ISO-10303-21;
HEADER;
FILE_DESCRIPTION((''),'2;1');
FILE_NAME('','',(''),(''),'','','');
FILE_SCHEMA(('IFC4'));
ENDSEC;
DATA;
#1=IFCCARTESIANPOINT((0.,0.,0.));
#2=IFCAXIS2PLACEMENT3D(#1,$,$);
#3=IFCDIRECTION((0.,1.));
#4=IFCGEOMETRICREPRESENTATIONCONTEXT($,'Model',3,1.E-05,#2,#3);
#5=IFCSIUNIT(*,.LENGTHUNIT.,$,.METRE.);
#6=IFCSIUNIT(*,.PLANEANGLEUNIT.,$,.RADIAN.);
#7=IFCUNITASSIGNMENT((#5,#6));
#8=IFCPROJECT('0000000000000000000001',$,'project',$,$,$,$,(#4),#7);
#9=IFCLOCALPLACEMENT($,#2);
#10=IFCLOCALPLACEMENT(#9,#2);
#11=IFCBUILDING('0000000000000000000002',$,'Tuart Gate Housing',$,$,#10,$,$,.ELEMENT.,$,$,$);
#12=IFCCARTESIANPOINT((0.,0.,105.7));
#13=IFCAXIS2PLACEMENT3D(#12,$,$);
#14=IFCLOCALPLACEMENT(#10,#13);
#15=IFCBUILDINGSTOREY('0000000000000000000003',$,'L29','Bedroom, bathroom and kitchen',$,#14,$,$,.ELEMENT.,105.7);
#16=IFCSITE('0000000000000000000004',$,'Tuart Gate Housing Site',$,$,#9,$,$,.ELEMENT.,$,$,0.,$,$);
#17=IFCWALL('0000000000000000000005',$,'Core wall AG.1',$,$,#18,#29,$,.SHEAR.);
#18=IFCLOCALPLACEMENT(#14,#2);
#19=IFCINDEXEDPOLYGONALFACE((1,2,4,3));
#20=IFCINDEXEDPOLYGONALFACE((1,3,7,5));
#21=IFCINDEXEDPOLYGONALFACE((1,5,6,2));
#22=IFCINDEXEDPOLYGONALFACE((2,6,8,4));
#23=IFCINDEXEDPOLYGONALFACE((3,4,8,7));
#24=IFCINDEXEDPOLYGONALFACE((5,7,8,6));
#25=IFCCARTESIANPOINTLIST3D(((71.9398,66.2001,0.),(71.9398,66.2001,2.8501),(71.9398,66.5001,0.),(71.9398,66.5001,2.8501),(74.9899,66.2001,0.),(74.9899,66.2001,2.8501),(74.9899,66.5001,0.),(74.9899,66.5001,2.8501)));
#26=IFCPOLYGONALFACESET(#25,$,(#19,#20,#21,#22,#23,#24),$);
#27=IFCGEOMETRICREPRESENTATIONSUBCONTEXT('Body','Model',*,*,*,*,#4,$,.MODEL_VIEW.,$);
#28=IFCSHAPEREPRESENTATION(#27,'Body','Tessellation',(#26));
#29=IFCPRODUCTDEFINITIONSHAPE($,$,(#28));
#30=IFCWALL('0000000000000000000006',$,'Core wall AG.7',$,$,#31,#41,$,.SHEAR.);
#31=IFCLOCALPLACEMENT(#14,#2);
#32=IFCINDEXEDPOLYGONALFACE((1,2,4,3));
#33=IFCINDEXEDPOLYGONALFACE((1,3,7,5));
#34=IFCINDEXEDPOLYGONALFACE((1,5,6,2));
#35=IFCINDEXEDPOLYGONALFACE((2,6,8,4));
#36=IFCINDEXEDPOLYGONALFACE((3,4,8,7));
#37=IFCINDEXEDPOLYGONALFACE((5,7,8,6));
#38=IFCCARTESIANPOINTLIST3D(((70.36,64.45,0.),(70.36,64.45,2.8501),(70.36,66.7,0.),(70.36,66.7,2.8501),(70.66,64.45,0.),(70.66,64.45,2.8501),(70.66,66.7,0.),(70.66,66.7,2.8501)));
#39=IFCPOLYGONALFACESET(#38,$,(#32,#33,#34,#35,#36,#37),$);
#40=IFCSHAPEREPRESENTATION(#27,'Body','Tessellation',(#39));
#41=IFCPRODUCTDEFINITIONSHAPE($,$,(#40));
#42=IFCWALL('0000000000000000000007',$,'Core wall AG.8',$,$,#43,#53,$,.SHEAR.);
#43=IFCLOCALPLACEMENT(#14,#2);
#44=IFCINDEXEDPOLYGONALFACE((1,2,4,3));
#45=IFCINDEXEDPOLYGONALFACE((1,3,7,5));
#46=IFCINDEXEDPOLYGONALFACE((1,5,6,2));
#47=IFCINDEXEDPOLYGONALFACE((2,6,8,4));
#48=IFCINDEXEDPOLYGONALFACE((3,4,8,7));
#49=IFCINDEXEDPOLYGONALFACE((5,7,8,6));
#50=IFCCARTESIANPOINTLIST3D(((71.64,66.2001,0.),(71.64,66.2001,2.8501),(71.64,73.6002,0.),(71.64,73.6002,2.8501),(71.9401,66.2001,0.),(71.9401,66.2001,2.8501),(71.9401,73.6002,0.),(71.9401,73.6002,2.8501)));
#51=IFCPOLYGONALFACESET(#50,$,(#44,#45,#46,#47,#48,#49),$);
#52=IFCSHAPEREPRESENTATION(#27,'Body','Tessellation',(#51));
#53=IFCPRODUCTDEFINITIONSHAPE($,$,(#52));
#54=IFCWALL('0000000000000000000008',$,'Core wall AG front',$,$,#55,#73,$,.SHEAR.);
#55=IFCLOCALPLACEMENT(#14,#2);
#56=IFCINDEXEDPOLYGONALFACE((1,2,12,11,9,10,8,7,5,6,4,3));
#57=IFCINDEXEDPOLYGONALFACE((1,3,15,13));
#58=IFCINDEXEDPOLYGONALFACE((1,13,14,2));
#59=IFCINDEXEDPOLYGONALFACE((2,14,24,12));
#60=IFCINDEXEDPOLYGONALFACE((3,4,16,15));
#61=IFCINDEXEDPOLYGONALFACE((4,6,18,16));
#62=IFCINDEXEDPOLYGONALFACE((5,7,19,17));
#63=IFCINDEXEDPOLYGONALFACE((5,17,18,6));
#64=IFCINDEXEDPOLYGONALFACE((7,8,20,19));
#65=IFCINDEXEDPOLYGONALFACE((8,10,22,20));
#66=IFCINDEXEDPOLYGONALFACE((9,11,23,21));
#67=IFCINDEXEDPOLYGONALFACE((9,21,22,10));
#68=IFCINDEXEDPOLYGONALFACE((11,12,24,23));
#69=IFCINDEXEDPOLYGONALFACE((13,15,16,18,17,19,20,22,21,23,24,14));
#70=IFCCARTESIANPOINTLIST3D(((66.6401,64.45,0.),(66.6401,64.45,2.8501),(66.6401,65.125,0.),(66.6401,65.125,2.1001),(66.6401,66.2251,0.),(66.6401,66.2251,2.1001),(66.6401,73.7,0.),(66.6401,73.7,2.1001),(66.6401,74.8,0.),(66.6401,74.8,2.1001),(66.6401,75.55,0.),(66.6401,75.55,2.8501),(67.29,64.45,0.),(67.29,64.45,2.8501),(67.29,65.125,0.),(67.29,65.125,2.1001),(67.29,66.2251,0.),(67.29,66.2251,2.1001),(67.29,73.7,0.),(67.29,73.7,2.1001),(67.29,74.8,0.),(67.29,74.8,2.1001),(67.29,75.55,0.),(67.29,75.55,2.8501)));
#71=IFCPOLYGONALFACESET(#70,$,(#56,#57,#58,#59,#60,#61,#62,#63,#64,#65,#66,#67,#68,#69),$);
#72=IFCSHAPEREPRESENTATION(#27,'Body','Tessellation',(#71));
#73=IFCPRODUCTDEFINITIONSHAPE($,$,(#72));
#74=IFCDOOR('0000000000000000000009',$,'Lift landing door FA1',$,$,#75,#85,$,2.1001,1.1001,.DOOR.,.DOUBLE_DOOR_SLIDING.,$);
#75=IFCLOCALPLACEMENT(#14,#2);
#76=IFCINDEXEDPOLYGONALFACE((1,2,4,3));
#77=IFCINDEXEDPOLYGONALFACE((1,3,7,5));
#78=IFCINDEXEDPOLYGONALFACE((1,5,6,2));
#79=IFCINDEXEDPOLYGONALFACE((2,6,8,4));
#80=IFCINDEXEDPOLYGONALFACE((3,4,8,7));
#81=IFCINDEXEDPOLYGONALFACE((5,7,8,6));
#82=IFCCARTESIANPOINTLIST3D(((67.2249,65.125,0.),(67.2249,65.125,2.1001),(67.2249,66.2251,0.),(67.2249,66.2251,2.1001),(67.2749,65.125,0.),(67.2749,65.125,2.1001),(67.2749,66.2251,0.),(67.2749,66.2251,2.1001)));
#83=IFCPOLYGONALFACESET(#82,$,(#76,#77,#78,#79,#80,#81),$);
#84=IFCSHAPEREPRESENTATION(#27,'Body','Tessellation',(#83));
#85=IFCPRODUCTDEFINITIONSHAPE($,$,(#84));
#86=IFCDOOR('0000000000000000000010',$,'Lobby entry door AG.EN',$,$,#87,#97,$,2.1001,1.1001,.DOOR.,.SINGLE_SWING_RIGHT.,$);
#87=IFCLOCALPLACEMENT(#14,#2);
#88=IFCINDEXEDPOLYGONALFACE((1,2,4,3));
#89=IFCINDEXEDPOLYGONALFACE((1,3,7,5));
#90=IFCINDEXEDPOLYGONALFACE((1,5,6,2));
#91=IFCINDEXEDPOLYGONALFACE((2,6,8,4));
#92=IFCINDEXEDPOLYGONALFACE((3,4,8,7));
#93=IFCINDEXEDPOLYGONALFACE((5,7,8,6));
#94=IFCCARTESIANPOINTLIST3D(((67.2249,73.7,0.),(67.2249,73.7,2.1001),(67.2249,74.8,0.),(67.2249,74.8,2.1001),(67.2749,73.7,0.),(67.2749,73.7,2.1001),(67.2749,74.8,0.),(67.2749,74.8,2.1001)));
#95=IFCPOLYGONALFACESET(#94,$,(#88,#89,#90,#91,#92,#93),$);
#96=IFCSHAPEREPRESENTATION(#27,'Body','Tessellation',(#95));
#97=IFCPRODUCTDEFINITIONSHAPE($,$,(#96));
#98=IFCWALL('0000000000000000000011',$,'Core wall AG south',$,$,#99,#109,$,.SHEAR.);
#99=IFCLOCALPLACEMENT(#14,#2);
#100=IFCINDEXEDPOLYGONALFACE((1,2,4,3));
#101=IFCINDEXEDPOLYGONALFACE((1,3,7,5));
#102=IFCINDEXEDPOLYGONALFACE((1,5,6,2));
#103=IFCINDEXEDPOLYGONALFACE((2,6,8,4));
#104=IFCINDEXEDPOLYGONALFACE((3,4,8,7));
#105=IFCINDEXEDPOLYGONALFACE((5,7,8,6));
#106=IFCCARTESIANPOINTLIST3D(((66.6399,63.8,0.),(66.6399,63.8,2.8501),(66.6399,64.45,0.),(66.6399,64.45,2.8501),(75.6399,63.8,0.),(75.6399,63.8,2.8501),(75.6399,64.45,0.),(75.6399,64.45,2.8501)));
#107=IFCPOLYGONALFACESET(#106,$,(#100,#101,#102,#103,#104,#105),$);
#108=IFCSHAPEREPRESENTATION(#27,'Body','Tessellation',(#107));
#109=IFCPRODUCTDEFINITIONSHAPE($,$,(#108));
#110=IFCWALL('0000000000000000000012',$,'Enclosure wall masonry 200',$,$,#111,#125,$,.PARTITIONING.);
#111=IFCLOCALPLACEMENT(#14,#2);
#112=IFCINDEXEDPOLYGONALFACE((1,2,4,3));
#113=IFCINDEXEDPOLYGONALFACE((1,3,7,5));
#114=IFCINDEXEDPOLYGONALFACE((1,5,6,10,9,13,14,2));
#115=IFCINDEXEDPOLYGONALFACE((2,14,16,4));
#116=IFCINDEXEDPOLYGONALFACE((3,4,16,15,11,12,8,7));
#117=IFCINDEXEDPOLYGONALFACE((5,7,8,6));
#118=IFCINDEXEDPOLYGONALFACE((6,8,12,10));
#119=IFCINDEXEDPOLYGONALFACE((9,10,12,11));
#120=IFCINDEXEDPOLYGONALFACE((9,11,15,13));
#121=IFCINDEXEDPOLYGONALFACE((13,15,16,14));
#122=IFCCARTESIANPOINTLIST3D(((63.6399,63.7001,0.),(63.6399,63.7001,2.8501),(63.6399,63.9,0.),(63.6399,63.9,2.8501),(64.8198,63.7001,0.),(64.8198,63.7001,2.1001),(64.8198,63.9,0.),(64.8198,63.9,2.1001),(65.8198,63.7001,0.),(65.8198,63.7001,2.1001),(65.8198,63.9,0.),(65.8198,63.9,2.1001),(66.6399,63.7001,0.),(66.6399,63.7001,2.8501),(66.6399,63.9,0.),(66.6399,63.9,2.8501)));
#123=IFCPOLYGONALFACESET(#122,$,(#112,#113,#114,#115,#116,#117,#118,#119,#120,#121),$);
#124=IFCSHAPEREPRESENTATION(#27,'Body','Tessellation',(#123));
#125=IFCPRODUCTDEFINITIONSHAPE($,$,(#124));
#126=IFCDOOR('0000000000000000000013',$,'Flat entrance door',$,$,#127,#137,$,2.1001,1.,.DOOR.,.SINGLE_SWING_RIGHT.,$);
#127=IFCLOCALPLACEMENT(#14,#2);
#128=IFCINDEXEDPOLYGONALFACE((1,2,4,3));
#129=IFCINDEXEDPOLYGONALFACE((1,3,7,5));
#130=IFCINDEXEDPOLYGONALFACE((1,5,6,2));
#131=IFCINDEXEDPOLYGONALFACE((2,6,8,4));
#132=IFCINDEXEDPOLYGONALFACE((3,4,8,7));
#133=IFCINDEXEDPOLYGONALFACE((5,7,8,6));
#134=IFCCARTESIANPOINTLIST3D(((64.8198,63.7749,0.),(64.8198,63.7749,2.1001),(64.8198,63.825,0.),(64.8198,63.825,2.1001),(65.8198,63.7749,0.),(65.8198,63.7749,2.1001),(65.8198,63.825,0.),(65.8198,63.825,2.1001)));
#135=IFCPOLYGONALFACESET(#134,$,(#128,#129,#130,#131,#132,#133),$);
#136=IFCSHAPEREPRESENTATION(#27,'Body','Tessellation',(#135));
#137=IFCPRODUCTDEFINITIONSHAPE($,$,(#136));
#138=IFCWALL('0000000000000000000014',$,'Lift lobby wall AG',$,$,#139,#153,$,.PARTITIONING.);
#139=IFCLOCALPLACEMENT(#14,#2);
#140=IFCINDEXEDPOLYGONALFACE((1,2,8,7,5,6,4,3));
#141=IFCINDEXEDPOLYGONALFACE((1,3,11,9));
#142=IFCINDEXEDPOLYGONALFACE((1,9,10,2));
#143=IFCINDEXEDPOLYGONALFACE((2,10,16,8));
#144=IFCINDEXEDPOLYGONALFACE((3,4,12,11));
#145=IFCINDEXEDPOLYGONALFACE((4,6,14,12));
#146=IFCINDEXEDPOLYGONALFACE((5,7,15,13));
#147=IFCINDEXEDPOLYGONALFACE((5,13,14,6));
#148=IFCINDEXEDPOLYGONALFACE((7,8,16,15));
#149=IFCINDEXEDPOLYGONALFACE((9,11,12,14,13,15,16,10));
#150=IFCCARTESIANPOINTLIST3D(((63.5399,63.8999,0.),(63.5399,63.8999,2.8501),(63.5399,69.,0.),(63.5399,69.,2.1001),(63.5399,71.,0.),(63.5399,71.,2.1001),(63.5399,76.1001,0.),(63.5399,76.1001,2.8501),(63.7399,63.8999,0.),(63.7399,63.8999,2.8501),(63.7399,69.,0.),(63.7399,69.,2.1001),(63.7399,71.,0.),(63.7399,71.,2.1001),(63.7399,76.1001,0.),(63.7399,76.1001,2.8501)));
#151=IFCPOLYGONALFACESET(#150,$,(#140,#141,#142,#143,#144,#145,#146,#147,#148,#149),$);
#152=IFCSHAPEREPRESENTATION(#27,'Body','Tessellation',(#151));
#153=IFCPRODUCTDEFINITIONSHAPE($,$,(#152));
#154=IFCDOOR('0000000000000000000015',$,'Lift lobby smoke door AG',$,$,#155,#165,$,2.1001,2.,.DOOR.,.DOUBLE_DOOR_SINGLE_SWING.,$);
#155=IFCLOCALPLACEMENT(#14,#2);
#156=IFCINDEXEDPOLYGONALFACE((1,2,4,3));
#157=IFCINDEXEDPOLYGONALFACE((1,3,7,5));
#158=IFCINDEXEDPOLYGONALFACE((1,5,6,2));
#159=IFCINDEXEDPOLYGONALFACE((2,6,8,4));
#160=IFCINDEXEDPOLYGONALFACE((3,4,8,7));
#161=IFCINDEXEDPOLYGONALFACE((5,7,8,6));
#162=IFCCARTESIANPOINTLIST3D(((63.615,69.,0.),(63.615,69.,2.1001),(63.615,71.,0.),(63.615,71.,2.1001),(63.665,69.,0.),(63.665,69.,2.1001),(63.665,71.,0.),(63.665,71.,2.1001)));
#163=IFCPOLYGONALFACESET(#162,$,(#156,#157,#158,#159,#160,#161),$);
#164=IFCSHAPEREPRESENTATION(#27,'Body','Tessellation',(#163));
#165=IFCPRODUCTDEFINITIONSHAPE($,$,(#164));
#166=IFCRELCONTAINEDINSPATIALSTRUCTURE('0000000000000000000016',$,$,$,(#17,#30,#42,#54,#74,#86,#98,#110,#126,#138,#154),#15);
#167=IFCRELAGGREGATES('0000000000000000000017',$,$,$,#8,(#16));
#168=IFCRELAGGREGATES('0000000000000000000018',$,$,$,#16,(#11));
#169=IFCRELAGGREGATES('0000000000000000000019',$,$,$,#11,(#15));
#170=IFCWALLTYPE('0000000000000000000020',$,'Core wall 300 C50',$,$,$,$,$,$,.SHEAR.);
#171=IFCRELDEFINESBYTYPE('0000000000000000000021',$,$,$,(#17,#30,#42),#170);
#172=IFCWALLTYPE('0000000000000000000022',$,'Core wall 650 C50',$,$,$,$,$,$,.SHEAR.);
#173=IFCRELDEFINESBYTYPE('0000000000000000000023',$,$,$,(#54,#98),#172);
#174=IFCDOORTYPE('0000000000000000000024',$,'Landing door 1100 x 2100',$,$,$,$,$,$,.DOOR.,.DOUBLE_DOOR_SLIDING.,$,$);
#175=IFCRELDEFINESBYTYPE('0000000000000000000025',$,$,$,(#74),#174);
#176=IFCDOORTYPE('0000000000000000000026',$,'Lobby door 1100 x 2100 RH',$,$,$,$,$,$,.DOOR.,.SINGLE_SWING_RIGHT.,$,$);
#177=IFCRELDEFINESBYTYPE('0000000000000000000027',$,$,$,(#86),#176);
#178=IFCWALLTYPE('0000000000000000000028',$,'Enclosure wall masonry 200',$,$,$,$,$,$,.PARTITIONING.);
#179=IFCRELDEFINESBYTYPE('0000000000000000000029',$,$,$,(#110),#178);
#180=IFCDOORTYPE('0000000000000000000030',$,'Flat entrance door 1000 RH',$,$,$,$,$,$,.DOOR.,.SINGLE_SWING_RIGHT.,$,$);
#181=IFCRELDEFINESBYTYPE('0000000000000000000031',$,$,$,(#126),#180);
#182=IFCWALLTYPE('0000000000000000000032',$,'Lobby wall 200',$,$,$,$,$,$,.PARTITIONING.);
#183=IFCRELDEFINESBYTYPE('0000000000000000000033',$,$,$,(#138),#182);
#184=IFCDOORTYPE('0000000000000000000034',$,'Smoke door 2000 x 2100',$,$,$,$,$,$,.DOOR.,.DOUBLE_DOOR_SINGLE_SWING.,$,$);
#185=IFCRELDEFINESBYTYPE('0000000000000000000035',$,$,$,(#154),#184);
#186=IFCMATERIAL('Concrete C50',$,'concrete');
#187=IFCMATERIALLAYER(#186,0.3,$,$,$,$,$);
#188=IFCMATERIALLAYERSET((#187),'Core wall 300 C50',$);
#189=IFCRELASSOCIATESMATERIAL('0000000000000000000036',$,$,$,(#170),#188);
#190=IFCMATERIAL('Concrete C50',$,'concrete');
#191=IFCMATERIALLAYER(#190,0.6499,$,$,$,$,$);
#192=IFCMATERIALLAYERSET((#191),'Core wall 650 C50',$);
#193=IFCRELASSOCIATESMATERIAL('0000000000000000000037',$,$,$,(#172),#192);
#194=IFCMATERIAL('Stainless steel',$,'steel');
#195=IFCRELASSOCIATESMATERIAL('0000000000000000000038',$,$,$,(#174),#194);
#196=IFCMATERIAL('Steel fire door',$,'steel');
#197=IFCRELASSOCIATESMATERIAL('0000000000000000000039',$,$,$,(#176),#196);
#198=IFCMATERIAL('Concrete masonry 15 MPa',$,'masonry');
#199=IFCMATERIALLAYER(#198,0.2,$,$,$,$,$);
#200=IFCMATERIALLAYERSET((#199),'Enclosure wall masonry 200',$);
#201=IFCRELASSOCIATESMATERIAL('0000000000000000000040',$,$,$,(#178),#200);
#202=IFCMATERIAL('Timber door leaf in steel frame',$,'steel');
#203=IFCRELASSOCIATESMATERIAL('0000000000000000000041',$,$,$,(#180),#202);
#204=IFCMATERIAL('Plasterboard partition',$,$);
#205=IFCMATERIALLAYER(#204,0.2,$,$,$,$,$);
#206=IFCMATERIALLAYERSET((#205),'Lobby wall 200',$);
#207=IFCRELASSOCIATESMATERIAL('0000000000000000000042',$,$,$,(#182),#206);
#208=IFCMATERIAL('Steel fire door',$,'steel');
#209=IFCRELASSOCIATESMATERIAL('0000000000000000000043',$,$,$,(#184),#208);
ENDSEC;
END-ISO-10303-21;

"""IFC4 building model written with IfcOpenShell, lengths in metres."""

from ifc_helpers import new_model, si_unit, direction, frame, frame_2d, origin, place, context, subcontext, project, spatial, rectangle, extrude, material, layer, layer_set, type_object, element, fill, save


model = new_model("IFC4")

# Units and contexts
model_context = context("Model", 3, precision=1e-05, world=origin(), true_north=direction((0.0, 1.0)))
body_context = subcontext(model_context, "Body", "Model", "MODEL_VIEW")
ifc_project = project(units=[si_unit("LENGTHUNIT", "METRE"), si_unit("PLANEANGLEUNIT", "RADIAN")], contexts=[model_context])

# Site, building, storey
site_placement = place(None, origin())
site = spatial("IfcSite", under=ifc_project, at=site_placement, Name="Tuart Gate Housing Site", CompositionType="ELEMENT", RefElevation=0.0)
building_placement = place(site_placement, origin())
building = spatial("IfcBuilding", under=site, at=building_placement, Name="Tuart Gate Housing", CompositionType="ELEMENT")
storey_placement = place(building_placement, frame((0.0, 0.0, 105.7)))
storey = spatial("IfcBuildingStorey", under=building, at=storey_placement, Name="L29", Description="Bedroom, bathroom and kitchen", CompositionType="ELEMENT", Elevation=105.7)

# Walls
ifc_material_1 = material(Name="Concrete C50", Category="concrete")
ifc_layer_1 = layer(ifc_material_1, 0.3)
ifc_layer_set_1 = layer_set([ifc_layer_1], Name="Core wall 300 C50")
wall_type_1 = type_object("IfcWallType", Name="Core wall 300 C50", PredefinedType="SHEAR", material=ifc_layer_set_1)
wall_1_placement = place(storey_placement, frame((71.9399, 66.3501, 0.0), z_axis=(0.0, 0.0, 1.0), x_axis=(1.0, 0.0, 0.0)))
element("IfcWall", 1, at=wall_1_placement, inside=storey, type_object=wall_type_1, Name="Core wall AG.1", PredefinedType="SHEAR", context=body_context, shape_type="SweptSolid", body=[
    extrude(rectangle(XDim=3.05, YDim=0.3, at=frame_2d((1.5249, 0.0))), origin(), (0.0, 0.0, 1.0), 2.8501),
])
wall_2_placement = place(storey_placement, frame((70.51, 64.45, 0.0), z_axis=(0.0, 0.0, 1.0), x_axis=(0.0, 1.0, 0.0)))
element("IfcWall", 2, at=wall_2_placement, inside=storey, type_object=wall_type_1, Name="Core wall AG.7", PredefinedType="SHEAR", context=body_context, shape_type="SweptSolid", body=[
    extrude(rectangle(XDim=2.25, YDim=0.3, at=frame_2d((1.125, 0.0))), origin(), (0.0, 0.0, 1.0), 2.8501),
])
wall_3_placement = place(storey_placement, frame((71.79, 66.2, 0.0), z_axis=(0.0, 0.0, 1.0), x_axis=(0.0, 1.0, 0.0)))
element("IfcWall", 3, at=wall_3_placement, inside=storey, type_object=wall_type_1, Name="Core wall AG.8", PredefinedType="SHEAR", context=body_context, shape_type="SweptSolid", body=[
    extrude(rectangle(XDim=7.4001, YDim=0.3, at=frame_2d((3.7002, 0.0))), origin(), (0.0, 0.0, 1.0), 2.8501),
])

# Wall, openings, doors
ifc_material_2 = material(Name="Concrete C50", Category="concrete")
ifc_layer_2 = layer(ifc_material_2, 0.6499)
ifc_layer_set_2 = layer_set([ifc_layer_2], Name="Core wall 650 C50")
wall_type_2 = type_object("IfcWallType", Name="Core wall 650 C50", PredefinedType="SHEAR", material=ifc_layer_set_2)
wall_4_placement = place(storey_placement, frame((66.9651, 64.45, 0.0), z_axis=(0.0, 0.0, 1.0), x_axis=(0.0, 1.0, 0.0)))
wall_4 = element("IfcWall", 4, at=wall_4_placement, inside=storey, type_object=wall_type_2, Name="Core wall AG front", PredefinedType="SHEAR", context=body_context, shape_type="SweptSolid", body=[
    extrude(rectangle(XDim=11.1001, YDim=0.6499, at=frame_2d((5.55, 0.0))), origin(), (0.0, 0.0, 1.0), 2.8501),
])
opening_1_placement = place(wall_4_placement, frame((0.675, 0.0, 0.0)))
opening_1 = element("IfcOpeningElement", 5, at=opening_1_placement, cuts=wall_4, PredefinedType="OPENING", context=body_context, shape_type="SweptSolid", body=[
    extrude(rectangle(XDim=1.1001, YDim=2.1001, at=frame_2d((0.55, 1.05))), frame((0.0, 0.335, 0.0), z_axis=(0.0, -1.0, 0.0), x_axis=(1.0, 0.0, 0.0)), (0.0, 0.0, 1.0), 0.6699),
])
opening_2_placement = place(wall_4_placement, frame((9.25, 0.0, 0.0)))
opening_2 = element("IfcOpeningElement", 6, at=opening_2_placement, cuts=wall_4, PredefinedType="OPENING", context=body_context, shape_type="SweptSolid", body=[
    extrude(rectangle(XDim=1.1001, YDim=2.1001, at=frame_2d((0.55, 1.05))), frame((0.0, 0.335, 0.0), z_axis=(0.0, -1.0, 0.0), x_axis=(1.0, 0.0, 0.0)), (0.0, 0.0, 1.0), 0.6699),
])
ifc_material_3 = material(Name="Stainless steel", Category="steel")
door_type_1 = type_object("IfcDoorType", Name="Landing door 1100 x 2100", OperationType="DOUBLE_DOOR_SLIDING", PredefinedType="DOOR", material=ifc_material_3)
door_1_placement = place(opening_1_placement, origin())
door_1 = element("IfcDoor", 7, at=door_1_placement, inside=storey, type_object=door_type_1, Name="Lift landing door FA1", OperationType="DOUBLE_DOOR_SLIDING", OverallHeight=2.1001, OverallWidth=1.1001, PredefinedType="DOOR", context=body_context, shape_type="SweptSolid", body=[
    extrude(rectangle(XDim=1.1001, YDim=2.1001, at=frame_2d((0.55, 1.05))), frame((0.0, -0.2598, 0.0), z_axis=(0.0, -1.0, 0.0), x_axis=(1.0, 0.0, 0.0)), (0.0, 0.0, 1.0), 0.05),
])
fill(opening_1, door_1)
ifc_material_4 = material(Name="Steel fire door", Category="steel")
door_type_2 = type_object("IfcDoorType", Name="Lobby door 1100 x 2100 RH", OperationType="SINGLE_SWING_RIGHT", PredefinedType="DOOR", material=ifc_material_4)
door_2_placement = place(opening_2_placement, frame((1.1001, 0.0, 0.0), z_axis=(0.0, 0.0, 1.0), x_axis=(-1.0, 0.0, 0.0)))
door_2 = element("IfcDoor", 8, at=door_2_placement, inside=storey, type_object=door_type_2, Name="Lobby entry door AG.EN", OperationType="SINGLE_SWING_RIGHT", OverallHeight=2.1001, OverallWidth=1.1001, PredefinedType="DOOR", context=body_context, shape_type="SweptSolid", body=[
    extrude(rectangle(XDim=1.1001, YDim=2.1001, at=frame_2d((0.55, 1.05))), frame((0.0, 0.3098, 0.0), z_axis=(0.0, -1.0, 0.0), x_axis=(1.0, 0.0, 0.0)), (0.0, 0.0, 1.0), 0.05),
])
fill(opening_2, door_2)

# Wall
wall_5_placement = place(storey_placement, frame((66.6399, 64.125, 0.0), z_axis=(0.0, 0.0, 1.0), x_axis=(1.0, 0.0, 0.0)))
element("IfcWall", 9, at=wall_5_placement, inside=storey, type_object=wall_type_2, Name="Core wall AG south", PredefinedType="SHEAR", context=body_context, shape_type="SweptSolid", body=[
    extrude(rectangle(XDim=9.0, YDim=0.6499, at=frame_2d((4.5, 0.0))), origin(), (0.0, 0.0, 1.0), 2.8501),
])

# Walls, openings, doors
ifc_material_5 = material(Name="Concrete masonry 15 MPa", Category="masonry")
ifc_layer_3 = layer(ifc_material_5, 0.2)
ifc_layer_set_3 = layer_set([ifc_layer_3], Name="Enclosure wall masonry 200")
wall_type_3 = type_object("IfcWallType", Name="Enclosure wall masonry 200", PredefinedType="PARTITIONING", material=ifc_layer_set_3)
wall_6_placement = place(storey_placement, frame((63.6399, 63.8, 0.0), z_axis=(0.0, 0.0, 1.0), x_axis=(1.0, 0.0, 0.0)))
wall_6 = element("IfcWall", 10, at=wall_6_placement, inside=storey, type_object=wall_type_3, Name="Enclosure wall masonry 200", PredefinedType="PARTITIONING", context=body_context, shape_type="SweptSolid", body=[
    extrude(rectangle(XDim=3.0, YDim=0.2, at=frame_2d((1.5, 0.0))), origin(), (0.0, 0.0, 1.0), 2.8501),
])
opening_3_placement = place(wall_6_placement, frame((1.1799, 0.0, 0.0)))
opening_3 = element("IfcOpeningElement", 11, at=opening_3_placement, cuts=wall_6, PredefinedType="OPENING", context=body_context, shape_type="SweptSolid", body=[
    extrude(rectangle(XDim=1.0, YDim=2.1001, at=frame_2d((0.5, 1.05))), frame((0.0, 0.1099, 0.0), z_axis=(0.0, -1.0, 0.0), x_axis=(1.0, 0.0, 0.0)), (0.0, 0.0, 1.0), 0.22),
])
ifc_material_6 = material(Name="Timber door leaf in steel frame", Category="steel")
door_type_3 = type_object("IfcDoorType", Name="Flat entrance door 1000 RH", OperationType="SINGLE_SWING_RIGHT", PredefinedType="DOOR", material=ifc_material_6)
door_3_placement = place(opening_3_placement, frame((1.0, 0.0, 0.0), z_axis=(0.0, 0.0, 1.0), x_axis=(-1.0, 0.0, 0.0)))
door_3 = element("IfcDoor", 12, at=door_3_placement, inside=storey, type_object=door_type_3, Name="Flat entrance door", OperationType="SINGLE_SWING_RIGHT", OverallHeight=2.1001, OverallWidth=1.0, PredefinedType="DOOR", context=body_context, shape_type="SweptSolid", body=[
    extrude(rectangle(XDim=1.0, YDim=2.1001, at=frame_2d((0.5, 1.05))), frame((0.0, 0.0251, 0.0), z_axis=(0.0, -1.0, 0.0), x_axis=(1.0, 0.0, 0.0)), (0.0, 0.0, 1.0), 0.05),
])
fill(opening_3, door_3)
ifc_material_7 = material(Name="Plasterboard partition")
ifc_layer_4 = layer(ifc_material_7, 0.2)
ifc_layer_set_4 = layer_set([ifc_layer_4], Name="Lobby wall 200")
wall_type_4 = type_object("IfcWallType", Name="Lobby wall 200", PredefinedType="PARTITIONING", material=ifc_layer_set_4)
wall_7_placement = place(storey_placement, frame((63.6399, 63.8999, 0.0), z_axis=(0.0, 0.0, 1.0), x_axis=(0.0, 1.0, 0.0)))
wall_7 = element("IfcWall", 13, at=wall_7_placement, inside=storey, type_object=wall_type_4, Name="Lift lobby wall AG", PredefinedType="PARTITIONING", context=body_context, shape_type="SweptSolid", body=[
    extrude(rectangle(XDim=12.2002, YDim=0.2, at=frame_2d((6.1001, 0.0))), origin(), (0.0, 0.0, 1.0), 2.8501),
])
opening_4_placement = place(wall_7_placement, frame((5.1001, 0.0, 0.0)))
opening_4 = element("IfcOpeningElement", 14, at=opening_4_placement, cuts=wall_7, PredefinedType="OPENING", context=body_context, shape_type="SweptSolid", body=[
    extrude(rectangle(XDim=2.0, YDim=2.1001, at=frame_2d((1.0, 1.05))), frame((0.0, 0.1099, 0.0), z_axis=(0.0, -1.0, 0.0), x_axis=(1.0, 0.0, 0.0)), (0.0, 0.0, 1.0), 0.22),
])
ifc_material_8 = material(Name="Steel fire door", Category="steel")
door_type_4 = type_object("IfcDoorType", Name="Smoke door 2000 x 2100", OperationType="DOUBLE_DOOR_SINGLE_SWING", PredefinedType="DOOR", material=ifc_material_8)
door_4_placement = place(opening_4_placement, frame((2.0, 0.0, 0.0), z_axis=(0.0, 0.0, 1.0), x_axis=(-1.0, 0.0, 0.0)))
door_4 = element("IfcDoor", 15, at=door_4_placement, inside=storey, type_object=door_type_4, Name="Lift lobby smoke door AG", OperationType="DOUBLE_DOOR_SINGLE_SWING", OverallHeight=2.1001, OverallWidth=2.0, PredefinedType="DOOR", context=body_context, shape_type="SweptSolid", body=[
    extrude(rectangle(XDim=2.0, YDim=2.1001, at=frame_2d((1.0, 1.05))), frame((0.0, 0.0251, 0.0), z_axis=(0.0, -1.0, 0.0), x_axis=(1.0, 0.0, 0.0)), (0.0, 0.0, 1.0), 0.05),
])
fill(opening_4, door_4)

save(model, "model.ifc")
